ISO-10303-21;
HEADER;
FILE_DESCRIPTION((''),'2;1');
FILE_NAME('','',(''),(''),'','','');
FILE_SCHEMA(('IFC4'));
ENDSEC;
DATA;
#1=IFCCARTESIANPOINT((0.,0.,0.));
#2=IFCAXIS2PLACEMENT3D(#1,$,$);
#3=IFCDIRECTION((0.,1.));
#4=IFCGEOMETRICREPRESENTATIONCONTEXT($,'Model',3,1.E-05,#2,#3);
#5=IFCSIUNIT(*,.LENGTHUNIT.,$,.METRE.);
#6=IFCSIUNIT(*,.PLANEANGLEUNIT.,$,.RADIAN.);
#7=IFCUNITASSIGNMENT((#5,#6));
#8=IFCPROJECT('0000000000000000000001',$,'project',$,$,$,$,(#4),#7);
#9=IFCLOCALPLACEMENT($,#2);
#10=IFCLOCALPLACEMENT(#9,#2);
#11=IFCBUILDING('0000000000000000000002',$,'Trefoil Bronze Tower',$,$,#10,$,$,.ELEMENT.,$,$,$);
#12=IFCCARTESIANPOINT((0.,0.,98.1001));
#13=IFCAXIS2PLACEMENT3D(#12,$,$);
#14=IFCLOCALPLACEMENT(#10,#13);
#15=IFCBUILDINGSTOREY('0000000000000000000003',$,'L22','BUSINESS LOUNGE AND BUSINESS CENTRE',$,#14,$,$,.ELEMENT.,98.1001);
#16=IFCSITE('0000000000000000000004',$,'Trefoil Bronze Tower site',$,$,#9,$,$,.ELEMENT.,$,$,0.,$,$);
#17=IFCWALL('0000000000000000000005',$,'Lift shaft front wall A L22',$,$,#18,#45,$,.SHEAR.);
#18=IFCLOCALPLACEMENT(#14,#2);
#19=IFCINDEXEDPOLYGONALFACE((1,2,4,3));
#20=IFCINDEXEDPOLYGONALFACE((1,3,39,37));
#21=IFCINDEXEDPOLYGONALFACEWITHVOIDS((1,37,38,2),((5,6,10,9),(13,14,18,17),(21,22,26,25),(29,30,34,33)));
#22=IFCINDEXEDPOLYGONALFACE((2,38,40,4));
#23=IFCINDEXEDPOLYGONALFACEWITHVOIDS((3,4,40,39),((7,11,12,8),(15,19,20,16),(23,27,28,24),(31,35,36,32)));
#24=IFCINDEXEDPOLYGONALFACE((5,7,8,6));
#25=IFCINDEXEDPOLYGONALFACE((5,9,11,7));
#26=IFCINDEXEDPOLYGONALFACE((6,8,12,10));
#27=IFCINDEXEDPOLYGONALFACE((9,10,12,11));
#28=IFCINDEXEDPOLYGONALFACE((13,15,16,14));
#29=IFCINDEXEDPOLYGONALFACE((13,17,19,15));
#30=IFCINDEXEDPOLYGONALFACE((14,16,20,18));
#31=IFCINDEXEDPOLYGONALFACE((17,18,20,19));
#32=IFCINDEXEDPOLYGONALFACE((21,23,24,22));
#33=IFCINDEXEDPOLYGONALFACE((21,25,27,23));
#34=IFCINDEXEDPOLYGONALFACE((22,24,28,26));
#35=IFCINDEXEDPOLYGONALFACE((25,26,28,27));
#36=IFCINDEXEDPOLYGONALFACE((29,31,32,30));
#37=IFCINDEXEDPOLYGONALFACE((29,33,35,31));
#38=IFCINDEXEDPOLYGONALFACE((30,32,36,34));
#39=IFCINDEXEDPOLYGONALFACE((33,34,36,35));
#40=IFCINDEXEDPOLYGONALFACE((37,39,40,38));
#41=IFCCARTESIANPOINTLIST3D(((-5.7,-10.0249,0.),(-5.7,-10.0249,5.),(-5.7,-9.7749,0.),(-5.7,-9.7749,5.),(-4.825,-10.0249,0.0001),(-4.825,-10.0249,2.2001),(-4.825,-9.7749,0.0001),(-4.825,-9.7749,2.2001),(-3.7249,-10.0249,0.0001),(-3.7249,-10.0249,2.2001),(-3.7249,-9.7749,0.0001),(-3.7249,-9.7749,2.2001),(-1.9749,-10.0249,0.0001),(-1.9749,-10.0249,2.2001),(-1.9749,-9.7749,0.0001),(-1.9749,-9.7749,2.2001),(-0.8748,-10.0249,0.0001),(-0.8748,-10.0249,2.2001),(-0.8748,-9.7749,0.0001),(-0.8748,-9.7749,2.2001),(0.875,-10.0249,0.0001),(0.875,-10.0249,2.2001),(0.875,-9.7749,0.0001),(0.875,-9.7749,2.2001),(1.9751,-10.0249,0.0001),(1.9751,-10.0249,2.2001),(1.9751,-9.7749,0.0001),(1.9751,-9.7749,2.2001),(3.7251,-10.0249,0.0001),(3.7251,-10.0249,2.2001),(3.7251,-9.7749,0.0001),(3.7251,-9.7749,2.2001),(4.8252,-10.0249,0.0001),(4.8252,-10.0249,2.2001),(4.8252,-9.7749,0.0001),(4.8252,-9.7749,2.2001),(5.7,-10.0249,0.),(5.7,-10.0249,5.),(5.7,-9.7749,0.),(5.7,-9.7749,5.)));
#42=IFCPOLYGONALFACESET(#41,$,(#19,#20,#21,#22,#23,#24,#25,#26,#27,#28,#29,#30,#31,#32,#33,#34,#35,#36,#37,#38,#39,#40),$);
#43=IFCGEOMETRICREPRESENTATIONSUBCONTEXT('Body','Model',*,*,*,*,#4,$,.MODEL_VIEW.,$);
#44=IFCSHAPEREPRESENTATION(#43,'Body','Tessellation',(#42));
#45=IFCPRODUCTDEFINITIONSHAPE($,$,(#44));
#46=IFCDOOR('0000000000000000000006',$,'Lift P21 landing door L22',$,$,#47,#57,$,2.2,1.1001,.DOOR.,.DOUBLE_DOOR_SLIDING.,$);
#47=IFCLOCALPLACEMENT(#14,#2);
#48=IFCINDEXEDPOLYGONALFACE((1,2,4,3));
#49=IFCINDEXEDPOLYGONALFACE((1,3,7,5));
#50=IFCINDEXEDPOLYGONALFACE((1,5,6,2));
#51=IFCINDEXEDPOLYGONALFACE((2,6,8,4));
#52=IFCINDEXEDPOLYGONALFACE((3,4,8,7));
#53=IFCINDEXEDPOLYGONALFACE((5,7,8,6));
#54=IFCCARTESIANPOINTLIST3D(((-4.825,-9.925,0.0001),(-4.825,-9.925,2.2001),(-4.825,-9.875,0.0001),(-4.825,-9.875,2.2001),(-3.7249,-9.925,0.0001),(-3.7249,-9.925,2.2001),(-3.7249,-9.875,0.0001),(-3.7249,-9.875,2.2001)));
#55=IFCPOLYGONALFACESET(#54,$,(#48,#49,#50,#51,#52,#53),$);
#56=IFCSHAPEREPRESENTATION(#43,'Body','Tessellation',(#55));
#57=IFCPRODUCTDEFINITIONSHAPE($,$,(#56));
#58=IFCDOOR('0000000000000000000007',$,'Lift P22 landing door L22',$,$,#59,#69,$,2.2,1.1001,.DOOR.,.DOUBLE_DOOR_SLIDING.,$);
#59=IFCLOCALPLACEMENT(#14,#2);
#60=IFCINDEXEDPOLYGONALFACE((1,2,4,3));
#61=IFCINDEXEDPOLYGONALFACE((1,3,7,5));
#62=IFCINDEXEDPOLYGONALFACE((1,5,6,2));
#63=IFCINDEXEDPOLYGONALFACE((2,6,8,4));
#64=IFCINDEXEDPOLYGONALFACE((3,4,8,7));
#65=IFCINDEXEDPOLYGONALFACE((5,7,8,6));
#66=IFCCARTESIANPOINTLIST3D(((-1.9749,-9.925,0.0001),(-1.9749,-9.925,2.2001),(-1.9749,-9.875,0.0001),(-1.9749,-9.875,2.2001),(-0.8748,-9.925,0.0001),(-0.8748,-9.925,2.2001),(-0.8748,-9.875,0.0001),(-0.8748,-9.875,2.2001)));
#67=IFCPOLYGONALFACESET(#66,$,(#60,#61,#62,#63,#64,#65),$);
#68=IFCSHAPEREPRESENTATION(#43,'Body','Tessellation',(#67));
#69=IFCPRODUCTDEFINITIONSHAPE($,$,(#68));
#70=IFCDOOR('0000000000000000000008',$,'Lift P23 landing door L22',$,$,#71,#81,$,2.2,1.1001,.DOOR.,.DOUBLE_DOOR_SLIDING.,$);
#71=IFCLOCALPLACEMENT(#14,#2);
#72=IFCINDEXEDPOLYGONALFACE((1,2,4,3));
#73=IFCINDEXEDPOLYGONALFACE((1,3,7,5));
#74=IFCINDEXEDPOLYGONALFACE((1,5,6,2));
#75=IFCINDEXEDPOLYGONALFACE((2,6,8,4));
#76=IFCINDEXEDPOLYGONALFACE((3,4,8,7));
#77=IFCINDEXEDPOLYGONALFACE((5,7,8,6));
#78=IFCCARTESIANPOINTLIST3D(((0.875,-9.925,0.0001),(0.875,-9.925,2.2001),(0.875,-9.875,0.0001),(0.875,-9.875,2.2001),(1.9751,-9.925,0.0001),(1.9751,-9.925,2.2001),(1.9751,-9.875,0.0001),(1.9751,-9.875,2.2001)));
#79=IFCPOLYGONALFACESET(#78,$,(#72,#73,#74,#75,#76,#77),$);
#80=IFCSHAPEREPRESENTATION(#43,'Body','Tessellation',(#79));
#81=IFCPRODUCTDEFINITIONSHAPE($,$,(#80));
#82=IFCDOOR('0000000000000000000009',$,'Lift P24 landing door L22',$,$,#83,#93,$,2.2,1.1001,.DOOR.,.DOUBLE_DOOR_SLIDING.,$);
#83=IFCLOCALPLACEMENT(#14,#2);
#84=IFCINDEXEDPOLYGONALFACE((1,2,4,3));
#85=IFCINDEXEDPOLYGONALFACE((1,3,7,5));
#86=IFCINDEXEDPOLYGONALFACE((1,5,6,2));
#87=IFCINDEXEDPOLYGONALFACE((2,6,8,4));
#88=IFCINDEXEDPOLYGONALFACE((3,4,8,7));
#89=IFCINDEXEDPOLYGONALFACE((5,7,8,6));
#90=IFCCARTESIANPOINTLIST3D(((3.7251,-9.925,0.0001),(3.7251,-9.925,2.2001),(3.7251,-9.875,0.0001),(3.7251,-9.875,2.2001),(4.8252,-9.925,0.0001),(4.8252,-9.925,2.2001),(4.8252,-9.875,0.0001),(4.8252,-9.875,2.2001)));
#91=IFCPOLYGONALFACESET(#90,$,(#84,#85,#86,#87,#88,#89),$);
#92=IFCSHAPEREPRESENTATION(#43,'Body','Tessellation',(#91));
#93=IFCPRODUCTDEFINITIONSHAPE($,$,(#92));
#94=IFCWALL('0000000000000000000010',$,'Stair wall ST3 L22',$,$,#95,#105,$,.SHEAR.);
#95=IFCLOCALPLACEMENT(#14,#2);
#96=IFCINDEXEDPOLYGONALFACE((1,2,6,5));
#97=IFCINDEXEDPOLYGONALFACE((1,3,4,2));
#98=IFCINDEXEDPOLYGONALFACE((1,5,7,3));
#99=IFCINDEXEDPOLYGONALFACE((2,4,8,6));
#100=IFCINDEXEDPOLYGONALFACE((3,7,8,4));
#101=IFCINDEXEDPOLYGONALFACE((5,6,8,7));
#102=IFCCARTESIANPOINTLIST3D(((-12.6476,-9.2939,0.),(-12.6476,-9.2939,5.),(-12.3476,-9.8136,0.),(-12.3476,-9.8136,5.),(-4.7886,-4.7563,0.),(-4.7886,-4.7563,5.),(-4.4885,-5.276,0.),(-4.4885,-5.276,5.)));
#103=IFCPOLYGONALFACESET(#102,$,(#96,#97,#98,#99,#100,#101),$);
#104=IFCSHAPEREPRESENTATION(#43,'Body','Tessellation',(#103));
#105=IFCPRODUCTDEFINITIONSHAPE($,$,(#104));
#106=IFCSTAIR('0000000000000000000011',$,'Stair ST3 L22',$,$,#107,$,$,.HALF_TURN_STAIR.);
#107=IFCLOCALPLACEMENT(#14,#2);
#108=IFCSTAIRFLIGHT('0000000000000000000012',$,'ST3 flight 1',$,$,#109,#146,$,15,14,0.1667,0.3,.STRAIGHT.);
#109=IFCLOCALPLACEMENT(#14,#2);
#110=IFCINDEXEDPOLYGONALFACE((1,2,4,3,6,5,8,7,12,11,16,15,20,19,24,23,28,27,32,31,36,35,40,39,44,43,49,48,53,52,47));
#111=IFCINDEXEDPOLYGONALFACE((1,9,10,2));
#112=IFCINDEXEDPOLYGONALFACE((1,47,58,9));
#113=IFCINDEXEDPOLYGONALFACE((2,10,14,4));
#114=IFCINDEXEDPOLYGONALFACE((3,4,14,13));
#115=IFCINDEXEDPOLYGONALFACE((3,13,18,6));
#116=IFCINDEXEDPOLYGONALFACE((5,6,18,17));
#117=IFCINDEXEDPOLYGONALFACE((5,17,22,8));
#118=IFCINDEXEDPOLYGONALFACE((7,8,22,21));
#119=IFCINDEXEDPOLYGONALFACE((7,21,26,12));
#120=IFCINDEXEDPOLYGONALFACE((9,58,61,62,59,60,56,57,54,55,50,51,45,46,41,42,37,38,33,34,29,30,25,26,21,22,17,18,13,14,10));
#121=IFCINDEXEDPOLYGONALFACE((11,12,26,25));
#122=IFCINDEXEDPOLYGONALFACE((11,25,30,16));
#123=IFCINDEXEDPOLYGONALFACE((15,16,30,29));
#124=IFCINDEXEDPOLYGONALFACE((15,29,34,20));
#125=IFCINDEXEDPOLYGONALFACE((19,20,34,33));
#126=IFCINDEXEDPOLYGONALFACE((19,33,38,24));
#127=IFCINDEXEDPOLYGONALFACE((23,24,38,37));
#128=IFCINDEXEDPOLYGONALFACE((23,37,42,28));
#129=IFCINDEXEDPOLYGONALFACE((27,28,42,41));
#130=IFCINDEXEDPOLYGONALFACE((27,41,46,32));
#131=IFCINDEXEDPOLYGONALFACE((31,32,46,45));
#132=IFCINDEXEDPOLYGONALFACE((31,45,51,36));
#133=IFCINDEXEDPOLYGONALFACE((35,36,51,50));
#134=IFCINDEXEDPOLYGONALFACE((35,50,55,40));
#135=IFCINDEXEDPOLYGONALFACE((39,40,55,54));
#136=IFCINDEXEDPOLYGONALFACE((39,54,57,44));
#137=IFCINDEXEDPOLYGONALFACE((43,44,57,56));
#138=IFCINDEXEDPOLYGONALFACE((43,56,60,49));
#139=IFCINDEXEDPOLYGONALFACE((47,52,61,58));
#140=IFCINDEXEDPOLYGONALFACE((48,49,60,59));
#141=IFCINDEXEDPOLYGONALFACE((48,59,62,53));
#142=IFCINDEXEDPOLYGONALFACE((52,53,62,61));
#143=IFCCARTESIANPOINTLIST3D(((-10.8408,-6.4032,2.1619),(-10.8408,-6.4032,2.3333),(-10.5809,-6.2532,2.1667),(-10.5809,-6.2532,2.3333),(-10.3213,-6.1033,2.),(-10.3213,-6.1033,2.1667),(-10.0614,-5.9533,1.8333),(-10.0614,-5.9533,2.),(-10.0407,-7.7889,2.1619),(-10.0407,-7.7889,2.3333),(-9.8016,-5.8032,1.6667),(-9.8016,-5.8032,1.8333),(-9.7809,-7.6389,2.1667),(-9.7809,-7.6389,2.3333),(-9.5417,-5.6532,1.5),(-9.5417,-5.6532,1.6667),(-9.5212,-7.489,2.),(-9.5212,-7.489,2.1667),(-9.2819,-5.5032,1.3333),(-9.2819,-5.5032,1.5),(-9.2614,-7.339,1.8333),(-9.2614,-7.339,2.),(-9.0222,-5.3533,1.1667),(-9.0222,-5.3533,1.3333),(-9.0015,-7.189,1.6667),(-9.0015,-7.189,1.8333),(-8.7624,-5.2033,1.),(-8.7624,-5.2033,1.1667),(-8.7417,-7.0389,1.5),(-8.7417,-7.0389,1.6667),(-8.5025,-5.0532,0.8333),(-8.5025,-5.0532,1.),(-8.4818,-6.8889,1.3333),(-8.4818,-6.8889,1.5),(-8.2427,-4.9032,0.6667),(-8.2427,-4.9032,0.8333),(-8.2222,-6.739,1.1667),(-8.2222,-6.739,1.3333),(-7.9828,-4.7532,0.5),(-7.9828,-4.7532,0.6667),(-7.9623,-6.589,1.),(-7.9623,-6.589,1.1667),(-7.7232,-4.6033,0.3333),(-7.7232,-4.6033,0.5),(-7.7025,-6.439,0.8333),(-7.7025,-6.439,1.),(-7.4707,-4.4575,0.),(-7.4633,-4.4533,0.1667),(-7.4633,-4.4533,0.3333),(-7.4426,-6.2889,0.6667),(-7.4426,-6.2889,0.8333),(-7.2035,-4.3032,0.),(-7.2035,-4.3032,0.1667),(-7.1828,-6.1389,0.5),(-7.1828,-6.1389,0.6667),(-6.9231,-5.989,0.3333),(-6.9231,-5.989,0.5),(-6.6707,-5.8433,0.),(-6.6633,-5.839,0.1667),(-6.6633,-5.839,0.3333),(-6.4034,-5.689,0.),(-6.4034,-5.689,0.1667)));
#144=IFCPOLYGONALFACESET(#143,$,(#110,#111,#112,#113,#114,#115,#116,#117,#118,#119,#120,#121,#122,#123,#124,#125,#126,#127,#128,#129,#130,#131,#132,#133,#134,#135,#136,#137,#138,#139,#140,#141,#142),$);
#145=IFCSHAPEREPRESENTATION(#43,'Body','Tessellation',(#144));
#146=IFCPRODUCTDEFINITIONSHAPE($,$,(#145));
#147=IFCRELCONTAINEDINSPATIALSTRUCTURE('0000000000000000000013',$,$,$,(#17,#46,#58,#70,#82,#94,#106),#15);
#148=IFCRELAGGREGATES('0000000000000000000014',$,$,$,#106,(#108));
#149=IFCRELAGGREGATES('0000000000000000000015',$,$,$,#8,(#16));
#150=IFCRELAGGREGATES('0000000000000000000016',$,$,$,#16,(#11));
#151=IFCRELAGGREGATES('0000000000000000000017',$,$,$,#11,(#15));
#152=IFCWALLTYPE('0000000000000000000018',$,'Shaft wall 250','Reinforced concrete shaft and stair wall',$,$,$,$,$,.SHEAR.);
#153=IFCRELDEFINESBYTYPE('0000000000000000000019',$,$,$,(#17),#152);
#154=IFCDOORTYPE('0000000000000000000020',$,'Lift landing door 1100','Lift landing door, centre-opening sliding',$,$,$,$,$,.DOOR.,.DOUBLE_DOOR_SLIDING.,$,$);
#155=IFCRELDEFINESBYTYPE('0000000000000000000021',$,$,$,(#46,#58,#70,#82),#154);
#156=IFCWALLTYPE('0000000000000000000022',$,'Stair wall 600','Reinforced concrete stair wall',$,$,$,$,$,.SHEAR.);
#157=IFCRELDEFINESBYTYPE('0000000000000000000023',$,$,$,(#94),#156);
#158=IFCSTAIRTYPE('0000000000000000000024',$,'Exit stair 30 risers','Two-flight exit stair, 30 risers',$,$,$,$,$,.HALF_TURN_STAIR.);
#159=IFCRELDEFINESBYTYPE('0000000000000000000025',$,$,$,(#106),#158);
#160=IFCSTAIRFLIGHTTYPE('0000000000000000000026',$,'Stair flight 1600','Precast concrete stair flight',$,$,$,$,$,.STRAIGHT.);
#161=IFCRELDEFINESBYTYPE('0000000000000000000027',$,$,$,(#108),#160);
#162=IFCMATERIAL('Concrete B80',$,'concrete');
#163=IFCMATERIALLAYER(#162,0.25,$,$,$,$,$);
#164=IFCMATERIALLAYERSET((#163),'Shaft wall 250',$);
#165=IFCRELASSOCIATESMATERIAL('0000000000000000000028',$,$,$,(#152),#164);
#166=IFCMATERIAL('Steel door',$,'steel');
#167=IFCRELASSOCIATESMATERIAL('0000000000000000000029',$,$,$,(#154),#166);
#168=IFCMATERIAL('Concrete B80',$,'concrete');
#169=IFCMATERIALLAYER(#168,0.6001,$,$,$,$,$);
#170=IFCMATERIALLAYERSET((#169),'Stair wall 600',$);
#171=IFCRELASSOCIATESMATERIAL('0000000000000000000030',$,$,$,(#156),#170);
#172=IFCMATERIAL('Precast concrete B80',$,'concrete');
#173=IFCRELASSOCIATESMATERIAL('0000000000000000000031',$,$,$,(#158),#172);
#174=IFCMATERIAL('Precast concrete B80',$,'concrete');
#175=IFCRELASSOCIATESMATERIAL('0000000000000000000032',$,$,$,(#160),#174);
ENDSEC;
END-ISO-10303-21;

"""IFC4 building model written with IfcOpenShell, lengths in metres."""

from ifc_helpers import new_model, si_unit, direction, frame, frame_2d, origin, place, context, subcontext, project, spatial, polyline, rectangle, outline, extrude, material, layer, layer_set, type_object, element, fill, aggregate, save


model = new_model("IFC4")

# Units and contexts
model_context = context("Model", 3, precision=1e-05, world=origin(), true_north=direction((0.0, 1.0)))
body_context = subcontext(model_context, "Body", "Model", "MODEL_VIEW")
ifc_project = project(units=[si_unit("LENGTHUNIT", "METRE"), si_unit("PLANEANGLEUNIT", "RADIAN")], contexts=[model_context])

# Site, building, storey
site_placement = place(None, origin())
site = spatial("IfcSite", under=ifc_project, at=site_placement, Name="Trefoil Bronze Tower site", CompositionType="ELEMENT", RefElevation=0.0)
building_placement = place(site_placement, origin())
building = spatial("IfcBuilding", under=site, at=building_placement, Name="Trefoil Bronze Tower", CompositionType="ELEMENT")
storey_placement = place(building_placement, frame((0.0, 0.0, 98.1001)))
storey = spatial("IfcBuildingStorey", under=building, at=storey_placement, Name="L22", Description="BUSINESS LOUNGE AND BUSINESS CENTRE", CompositionType="ELEMENT", Elevation=98.1001)

# Wall, openings, doors
ifc_material_1 = material(Name="Concrete B80", Category="concrete")
ifc_layer_1 = layer(ifc_material_1, 0.25)
ifc_layer_set_1 = layer_set([ifc_layer_1], Name="Shaft wall 250")
wall_type_1 = type_object("IfcWallType", Name="Shaft wall 250", Description="Reinforced concrete shaft and stair wall", PredefinedType="SHEAR", material=ifc_layer_set_1)
wall_1_placement = place(storey_placement, frame((-5.7, -9.8999, 0.0), z_axis=(0.0, 0.0, 1.0), x_axis=(1.0, 0.0, 0.0)))
wall_1 = element("IfcWall", 1, at=wall_1_placement, inside=storey, type_object=wall_type_1, Name="Lift shaft front wall A L22", PredefinedType="SHEAR", context=body_context, shape_type="SweptSolid", body=[
    extrude(rectangle(XDim=11.3999, YDim=0.25, at=frame_2d((5.7, 0.0))), origin(), (0.0, 0.0, 1.0), 5.0),
])
opening_1_placement = place(wall_1_placement, frame((0.875, 0.0, 0.0)))
opening_1 = element("IfcOpeningElement", 2, at=opening_1_placement, cuts=wall_1, PredefinedType="OPENING", context=body_context, shape_type="SweptSolid", body=[
    extrude(rectangle(XDim=1.1001, YDim=2.2, at=frame_2d((0.55, 1.1001))), frame((0.0, 0.135, 0.0), z_axis=(0.0, -1.0, 0.0), x_axis=(1.0, 0.0, 0.0)), (0.0, 0.0, 1.0), 0.27),
])
opening_2_placement = place(wall_1_placement, frame((3.7251, 0.0, 0.0)))
opening_2 = element("IfcOpeningElement", 3, at=opening_2_placement, cuts=wall_1, PredefinedType="OPENING", context=body_context, shape_type="SweptSolid", body=[
    extrude(rectangle(XDim=1.1001, YDim=2.2, at=frame_2d((0.55, 1.1001))), frame((0.0, 0.135, 0.0), z_axis=(0.0, -1.0, 0.0), x_axis=(1.0, 0.0, 0.0)), (0.0, 0.0, 1.0), 0.27),
])
opening_3_placement = place(wall_1_placement, frame((6.575, 0.0, 0.0)))
opening_3 = element("IfcOpeningElement", 4, at=opening_3_placement, cuts=wall_1, PredefinedType="OPENING", context=body_context, shape_type="SweptSolid", body=[
    extrude(rectangle(XDim=1.1001, YDim=2.2, at=frame_2d((0.55, 1.1001))), frame((0.0, 0.135, 0.0), z_axis=(0.0, -1.0, 0.0), x_axis=(1.0, 0.0, 0.0)), (0.0, 0.0, 1.0), 0.27),
])
opening_4_placement = place(wall_1_placement, frame((9.425, 0.0, 0.0)))
opening_4 = element("IfcOpeningElement", 5, at=opening_4_placement, cuts=wall_1, PredefinedType="OPENING", context=body_context, shape_type="SweptSolid", body=[
    extrude(rectangle(XDim=1.1001, YDim=2.2, at=frame_2d((0.55, 1.1001))), frame((0.0, 0.135, 0.0), z_axis=(0.0, -1.0, 0.0), x_axis=(1.0, 0.0, 0.0)), (0.0, 0.0, 1.0), 0.27),
])
ifc_material_2 = material(Name="Steel door", Category="steel")
door_type_1 = type_object("IfcDoorType", Name="Lift landing door 1100", Description="Lift landing door, centre-opening sliding", OperationType="DOUBLE_DOOR_SLIDING", PredefinedType="DOOR", material=ifc_material_2)
door_1_placement = place(opening_1_placement, origin())
door_1 = element("IfcDoor", 6, at=door_1_placement, inside=storey, type_object=door_type_1, Name="Lift P21 landing door L22", OperationType="DOUBLE_DOOR_SLIDING", OverallHeight=2.2, OverallWidth=1.1001, PredefinedType="DOOR", context=body_context, shape_type="SweptSolid", body=[
    extrude(rectangle(XDim=1.1001, YDim=2.2, at=frame_2d((0.55, 1.1001))), frame((0.0, 0.0249, 0.0), z_axis=(0.0, -1.0, 0.0), x_axis=(1.0, 0.0, 0.0)), (0.0, 0.0, 1.0), 0.05),
])
fill(opening_1, door_1)
door_2_placement = place(opening_2_placement, origin())
door_2 = element("IfcDoor", 7, at=door_2_placement, inside=storey, type_object=door_type_1, Name="Lift P22 landing door L22", OperationType="DOUBLE_DOOR_SLIDING", OverallHeight=2.2, OverallWidth=1.1001, PredefinedType="DOOR", context=body_context, shape_type="SweptSolid", body=[
    extrude(rectangle(XDim=1.1001, YDim=2.2, at=frame_2d((0.55, 1.1001))), frame((0.0, 0.0249, 0.0), z_axis=(0.0, -1.0, 0.0), x_axis=(1.0, 0.0, 0.0)), (0.0, 0.0, 1.0), 0.05),
])
fill(opening_2, door_2)
door_3_placement = place(opening_3_placement, origin())
door_3 = element("IfcDoor", 8, at=door_3_placement, inside=storey, type_object=door_type_1, Name="Lift P23 landing door L22", OperationType="DOUBLE_DOOR_SLIDING", OverallHeight=2.2, OverallWidth=1.1001, PredefinedType="DOOR", context=body_context, shape_type="SweptSolid", body=[
    extrude(rectangle(XDim=1.1001, YDim=2.2, at=frame_2d((0.55, 1.1001))), frame((0.0, 0.0249, 0.0), z_axis=(0.0, -1.0, 0.0), x_axis=(1.0, 0.0, 0.0)), (0.0, 0.0, 1.0), 0.05),
])
fill(opening_3, door_3)
door_4_placement = place(opening_4_placement, origin())
door_4 = element("IfcDoor", 9, at=door_4_placement, inside=storey, type_object=door_type_1, Name="Lift P24 landing door L22", OperationType="DOUBLE_DOOR_SLIDING", OverallHeight=2.2, OverallWidth=1.1001, PredefinedType="DOOR", context=body_context, shape_type="SweptSolid", body=[
    extrude(rectangle(XDim=1.1001, YDim=2.2, at=frame_2d((0.55, 1.1001))), frame((0.0, 0.0249, 0.0), z_axis=(0.0, -1.0, 0.0), x_axis=(1.0, 0.0, 0.0)), (0.0, 0.0, 1.0), 0.05),
])
fill(opening_4, door_4)

# Wall
ifc_material_3 = material(Name="Concrete B80", Category="concrete")
ifc_layer_2 = layer(ifc_material_3, 0.6001)
ifc_layer_set_2 = layer_set([ifc_layer_2], Name="Stair wall 600")
wall_type_2 = type_object("IfcWallType", Name="Stair wall 600", Description="Reinforced concrete stair wall", PredefinedType="SHEAR", material=ifc_layer_set_2)
wall_2_placement = place(storey_placement, frame((-4.6384, -5.0161, 0.0), z_axis=(0.0, 0.0, 1.0), x_axis=(-0.866019, -0.50001, 0.0)))
element("IfcWall", 10, at=wall_2_placement, inside=storey, type_object=wall_type_2, Name="Stair wall ST3 L22", PredefinedType="SHEAR", context=body_context, shape_type="SweptSolid", body=[
    extrude(rectangle(XDim=9.075, YDim=0.6001, at=frame_2d((4.5376, 0.0))), origin(), (0.0, 0.0, 1.0), 5.0),
])

# Stair, stair flight
ifc_material_4 = material(Name="Precast concrete B80", Category="concrete")
stair_type = type_object("IfcStairType", Name="Exit stair 30 risers", Description="Two-flight exit stair, 30 risers", PredefinedType="HALF_TURN_STAIR", material=ifc_material_4)
stair_placement = place(storey_placement, origin())
stair = element("IfcStair", 11, at=stair_placement, inside=storey, type_object=stair_type, Name="Stair ST3 L22", PredefinedType="HALF_TURN_STAIR")
ifc_material_5 = material(Name="Precast concrete B80", Category="concrete")
stair_flight_type = type_object("IfcStairFlightType", Name="Stair flight 1600", Description="Precast concrete stair flight", PredefinedType="STRAIGHT", material=ifc_material_5)
stair_flight_1_placement = place(storey_placement, frame((-6.8035, -4.9961, 0.0), z_axis=(0.0, 0.0, 1.0), x_axis=(-0.866025, -0.5, 0.0)))
stair_flight_1 = element("IfcStairFlight", 12, at=stair_flight_1_placement, type_object=stair_flight_type, Name="ST3 flight 1", NumberOfRisers=15, NumberOfTreads=14, PredefinedType="STRAIGHT", RiserHeight=0.1667, TreadLength=0.3, context=body_context, shape_type="SweptSolid", body=[
    extrude(outline(polyline([(0.0, 0.0), (0.0, 0.1667), (0.3, 0.1667), (0.3, 0.3333), (0.6001, 0.3333), (0.6001, 0.5), (0.8999, 0.5), (0.8999, 0.6667), (1.2, 0.6667), (1.2, 0.8333), (1.5, 0.8333), (1.5, 1.0), (1.8, 1.0), (1.8, 1.1667), (2.1001, 1.1667), (2.1001, 1.3333), (2.3999, 1.3333), (2.3999, 1.5), (2.7, 1.5), (2.7, 1.6667), (3.0, 1.6667), (3.0, 1.8333), (3.3, 1.8333), (3.3, 2.0), (3.6001, 2.0), (3.6001, 2.1667), (3.8999, 2.1667), (3.8999, 2.3333), (4.2, 2.3333), (4.2, 2.5), (4.2, 2.1619), (0.3086, 0.0), (0.0, 0.0)])), frame((0.0, 0.8, 0.0), z_axis=(0.0, -1.0, 0.0), x_axis=(1.0, 0.0, 0.0)), (0.0, 0.0, 1.0), 1.6001),
])
aggregate(stair, [stair_flight_1])

save(model, "model.ifc")
